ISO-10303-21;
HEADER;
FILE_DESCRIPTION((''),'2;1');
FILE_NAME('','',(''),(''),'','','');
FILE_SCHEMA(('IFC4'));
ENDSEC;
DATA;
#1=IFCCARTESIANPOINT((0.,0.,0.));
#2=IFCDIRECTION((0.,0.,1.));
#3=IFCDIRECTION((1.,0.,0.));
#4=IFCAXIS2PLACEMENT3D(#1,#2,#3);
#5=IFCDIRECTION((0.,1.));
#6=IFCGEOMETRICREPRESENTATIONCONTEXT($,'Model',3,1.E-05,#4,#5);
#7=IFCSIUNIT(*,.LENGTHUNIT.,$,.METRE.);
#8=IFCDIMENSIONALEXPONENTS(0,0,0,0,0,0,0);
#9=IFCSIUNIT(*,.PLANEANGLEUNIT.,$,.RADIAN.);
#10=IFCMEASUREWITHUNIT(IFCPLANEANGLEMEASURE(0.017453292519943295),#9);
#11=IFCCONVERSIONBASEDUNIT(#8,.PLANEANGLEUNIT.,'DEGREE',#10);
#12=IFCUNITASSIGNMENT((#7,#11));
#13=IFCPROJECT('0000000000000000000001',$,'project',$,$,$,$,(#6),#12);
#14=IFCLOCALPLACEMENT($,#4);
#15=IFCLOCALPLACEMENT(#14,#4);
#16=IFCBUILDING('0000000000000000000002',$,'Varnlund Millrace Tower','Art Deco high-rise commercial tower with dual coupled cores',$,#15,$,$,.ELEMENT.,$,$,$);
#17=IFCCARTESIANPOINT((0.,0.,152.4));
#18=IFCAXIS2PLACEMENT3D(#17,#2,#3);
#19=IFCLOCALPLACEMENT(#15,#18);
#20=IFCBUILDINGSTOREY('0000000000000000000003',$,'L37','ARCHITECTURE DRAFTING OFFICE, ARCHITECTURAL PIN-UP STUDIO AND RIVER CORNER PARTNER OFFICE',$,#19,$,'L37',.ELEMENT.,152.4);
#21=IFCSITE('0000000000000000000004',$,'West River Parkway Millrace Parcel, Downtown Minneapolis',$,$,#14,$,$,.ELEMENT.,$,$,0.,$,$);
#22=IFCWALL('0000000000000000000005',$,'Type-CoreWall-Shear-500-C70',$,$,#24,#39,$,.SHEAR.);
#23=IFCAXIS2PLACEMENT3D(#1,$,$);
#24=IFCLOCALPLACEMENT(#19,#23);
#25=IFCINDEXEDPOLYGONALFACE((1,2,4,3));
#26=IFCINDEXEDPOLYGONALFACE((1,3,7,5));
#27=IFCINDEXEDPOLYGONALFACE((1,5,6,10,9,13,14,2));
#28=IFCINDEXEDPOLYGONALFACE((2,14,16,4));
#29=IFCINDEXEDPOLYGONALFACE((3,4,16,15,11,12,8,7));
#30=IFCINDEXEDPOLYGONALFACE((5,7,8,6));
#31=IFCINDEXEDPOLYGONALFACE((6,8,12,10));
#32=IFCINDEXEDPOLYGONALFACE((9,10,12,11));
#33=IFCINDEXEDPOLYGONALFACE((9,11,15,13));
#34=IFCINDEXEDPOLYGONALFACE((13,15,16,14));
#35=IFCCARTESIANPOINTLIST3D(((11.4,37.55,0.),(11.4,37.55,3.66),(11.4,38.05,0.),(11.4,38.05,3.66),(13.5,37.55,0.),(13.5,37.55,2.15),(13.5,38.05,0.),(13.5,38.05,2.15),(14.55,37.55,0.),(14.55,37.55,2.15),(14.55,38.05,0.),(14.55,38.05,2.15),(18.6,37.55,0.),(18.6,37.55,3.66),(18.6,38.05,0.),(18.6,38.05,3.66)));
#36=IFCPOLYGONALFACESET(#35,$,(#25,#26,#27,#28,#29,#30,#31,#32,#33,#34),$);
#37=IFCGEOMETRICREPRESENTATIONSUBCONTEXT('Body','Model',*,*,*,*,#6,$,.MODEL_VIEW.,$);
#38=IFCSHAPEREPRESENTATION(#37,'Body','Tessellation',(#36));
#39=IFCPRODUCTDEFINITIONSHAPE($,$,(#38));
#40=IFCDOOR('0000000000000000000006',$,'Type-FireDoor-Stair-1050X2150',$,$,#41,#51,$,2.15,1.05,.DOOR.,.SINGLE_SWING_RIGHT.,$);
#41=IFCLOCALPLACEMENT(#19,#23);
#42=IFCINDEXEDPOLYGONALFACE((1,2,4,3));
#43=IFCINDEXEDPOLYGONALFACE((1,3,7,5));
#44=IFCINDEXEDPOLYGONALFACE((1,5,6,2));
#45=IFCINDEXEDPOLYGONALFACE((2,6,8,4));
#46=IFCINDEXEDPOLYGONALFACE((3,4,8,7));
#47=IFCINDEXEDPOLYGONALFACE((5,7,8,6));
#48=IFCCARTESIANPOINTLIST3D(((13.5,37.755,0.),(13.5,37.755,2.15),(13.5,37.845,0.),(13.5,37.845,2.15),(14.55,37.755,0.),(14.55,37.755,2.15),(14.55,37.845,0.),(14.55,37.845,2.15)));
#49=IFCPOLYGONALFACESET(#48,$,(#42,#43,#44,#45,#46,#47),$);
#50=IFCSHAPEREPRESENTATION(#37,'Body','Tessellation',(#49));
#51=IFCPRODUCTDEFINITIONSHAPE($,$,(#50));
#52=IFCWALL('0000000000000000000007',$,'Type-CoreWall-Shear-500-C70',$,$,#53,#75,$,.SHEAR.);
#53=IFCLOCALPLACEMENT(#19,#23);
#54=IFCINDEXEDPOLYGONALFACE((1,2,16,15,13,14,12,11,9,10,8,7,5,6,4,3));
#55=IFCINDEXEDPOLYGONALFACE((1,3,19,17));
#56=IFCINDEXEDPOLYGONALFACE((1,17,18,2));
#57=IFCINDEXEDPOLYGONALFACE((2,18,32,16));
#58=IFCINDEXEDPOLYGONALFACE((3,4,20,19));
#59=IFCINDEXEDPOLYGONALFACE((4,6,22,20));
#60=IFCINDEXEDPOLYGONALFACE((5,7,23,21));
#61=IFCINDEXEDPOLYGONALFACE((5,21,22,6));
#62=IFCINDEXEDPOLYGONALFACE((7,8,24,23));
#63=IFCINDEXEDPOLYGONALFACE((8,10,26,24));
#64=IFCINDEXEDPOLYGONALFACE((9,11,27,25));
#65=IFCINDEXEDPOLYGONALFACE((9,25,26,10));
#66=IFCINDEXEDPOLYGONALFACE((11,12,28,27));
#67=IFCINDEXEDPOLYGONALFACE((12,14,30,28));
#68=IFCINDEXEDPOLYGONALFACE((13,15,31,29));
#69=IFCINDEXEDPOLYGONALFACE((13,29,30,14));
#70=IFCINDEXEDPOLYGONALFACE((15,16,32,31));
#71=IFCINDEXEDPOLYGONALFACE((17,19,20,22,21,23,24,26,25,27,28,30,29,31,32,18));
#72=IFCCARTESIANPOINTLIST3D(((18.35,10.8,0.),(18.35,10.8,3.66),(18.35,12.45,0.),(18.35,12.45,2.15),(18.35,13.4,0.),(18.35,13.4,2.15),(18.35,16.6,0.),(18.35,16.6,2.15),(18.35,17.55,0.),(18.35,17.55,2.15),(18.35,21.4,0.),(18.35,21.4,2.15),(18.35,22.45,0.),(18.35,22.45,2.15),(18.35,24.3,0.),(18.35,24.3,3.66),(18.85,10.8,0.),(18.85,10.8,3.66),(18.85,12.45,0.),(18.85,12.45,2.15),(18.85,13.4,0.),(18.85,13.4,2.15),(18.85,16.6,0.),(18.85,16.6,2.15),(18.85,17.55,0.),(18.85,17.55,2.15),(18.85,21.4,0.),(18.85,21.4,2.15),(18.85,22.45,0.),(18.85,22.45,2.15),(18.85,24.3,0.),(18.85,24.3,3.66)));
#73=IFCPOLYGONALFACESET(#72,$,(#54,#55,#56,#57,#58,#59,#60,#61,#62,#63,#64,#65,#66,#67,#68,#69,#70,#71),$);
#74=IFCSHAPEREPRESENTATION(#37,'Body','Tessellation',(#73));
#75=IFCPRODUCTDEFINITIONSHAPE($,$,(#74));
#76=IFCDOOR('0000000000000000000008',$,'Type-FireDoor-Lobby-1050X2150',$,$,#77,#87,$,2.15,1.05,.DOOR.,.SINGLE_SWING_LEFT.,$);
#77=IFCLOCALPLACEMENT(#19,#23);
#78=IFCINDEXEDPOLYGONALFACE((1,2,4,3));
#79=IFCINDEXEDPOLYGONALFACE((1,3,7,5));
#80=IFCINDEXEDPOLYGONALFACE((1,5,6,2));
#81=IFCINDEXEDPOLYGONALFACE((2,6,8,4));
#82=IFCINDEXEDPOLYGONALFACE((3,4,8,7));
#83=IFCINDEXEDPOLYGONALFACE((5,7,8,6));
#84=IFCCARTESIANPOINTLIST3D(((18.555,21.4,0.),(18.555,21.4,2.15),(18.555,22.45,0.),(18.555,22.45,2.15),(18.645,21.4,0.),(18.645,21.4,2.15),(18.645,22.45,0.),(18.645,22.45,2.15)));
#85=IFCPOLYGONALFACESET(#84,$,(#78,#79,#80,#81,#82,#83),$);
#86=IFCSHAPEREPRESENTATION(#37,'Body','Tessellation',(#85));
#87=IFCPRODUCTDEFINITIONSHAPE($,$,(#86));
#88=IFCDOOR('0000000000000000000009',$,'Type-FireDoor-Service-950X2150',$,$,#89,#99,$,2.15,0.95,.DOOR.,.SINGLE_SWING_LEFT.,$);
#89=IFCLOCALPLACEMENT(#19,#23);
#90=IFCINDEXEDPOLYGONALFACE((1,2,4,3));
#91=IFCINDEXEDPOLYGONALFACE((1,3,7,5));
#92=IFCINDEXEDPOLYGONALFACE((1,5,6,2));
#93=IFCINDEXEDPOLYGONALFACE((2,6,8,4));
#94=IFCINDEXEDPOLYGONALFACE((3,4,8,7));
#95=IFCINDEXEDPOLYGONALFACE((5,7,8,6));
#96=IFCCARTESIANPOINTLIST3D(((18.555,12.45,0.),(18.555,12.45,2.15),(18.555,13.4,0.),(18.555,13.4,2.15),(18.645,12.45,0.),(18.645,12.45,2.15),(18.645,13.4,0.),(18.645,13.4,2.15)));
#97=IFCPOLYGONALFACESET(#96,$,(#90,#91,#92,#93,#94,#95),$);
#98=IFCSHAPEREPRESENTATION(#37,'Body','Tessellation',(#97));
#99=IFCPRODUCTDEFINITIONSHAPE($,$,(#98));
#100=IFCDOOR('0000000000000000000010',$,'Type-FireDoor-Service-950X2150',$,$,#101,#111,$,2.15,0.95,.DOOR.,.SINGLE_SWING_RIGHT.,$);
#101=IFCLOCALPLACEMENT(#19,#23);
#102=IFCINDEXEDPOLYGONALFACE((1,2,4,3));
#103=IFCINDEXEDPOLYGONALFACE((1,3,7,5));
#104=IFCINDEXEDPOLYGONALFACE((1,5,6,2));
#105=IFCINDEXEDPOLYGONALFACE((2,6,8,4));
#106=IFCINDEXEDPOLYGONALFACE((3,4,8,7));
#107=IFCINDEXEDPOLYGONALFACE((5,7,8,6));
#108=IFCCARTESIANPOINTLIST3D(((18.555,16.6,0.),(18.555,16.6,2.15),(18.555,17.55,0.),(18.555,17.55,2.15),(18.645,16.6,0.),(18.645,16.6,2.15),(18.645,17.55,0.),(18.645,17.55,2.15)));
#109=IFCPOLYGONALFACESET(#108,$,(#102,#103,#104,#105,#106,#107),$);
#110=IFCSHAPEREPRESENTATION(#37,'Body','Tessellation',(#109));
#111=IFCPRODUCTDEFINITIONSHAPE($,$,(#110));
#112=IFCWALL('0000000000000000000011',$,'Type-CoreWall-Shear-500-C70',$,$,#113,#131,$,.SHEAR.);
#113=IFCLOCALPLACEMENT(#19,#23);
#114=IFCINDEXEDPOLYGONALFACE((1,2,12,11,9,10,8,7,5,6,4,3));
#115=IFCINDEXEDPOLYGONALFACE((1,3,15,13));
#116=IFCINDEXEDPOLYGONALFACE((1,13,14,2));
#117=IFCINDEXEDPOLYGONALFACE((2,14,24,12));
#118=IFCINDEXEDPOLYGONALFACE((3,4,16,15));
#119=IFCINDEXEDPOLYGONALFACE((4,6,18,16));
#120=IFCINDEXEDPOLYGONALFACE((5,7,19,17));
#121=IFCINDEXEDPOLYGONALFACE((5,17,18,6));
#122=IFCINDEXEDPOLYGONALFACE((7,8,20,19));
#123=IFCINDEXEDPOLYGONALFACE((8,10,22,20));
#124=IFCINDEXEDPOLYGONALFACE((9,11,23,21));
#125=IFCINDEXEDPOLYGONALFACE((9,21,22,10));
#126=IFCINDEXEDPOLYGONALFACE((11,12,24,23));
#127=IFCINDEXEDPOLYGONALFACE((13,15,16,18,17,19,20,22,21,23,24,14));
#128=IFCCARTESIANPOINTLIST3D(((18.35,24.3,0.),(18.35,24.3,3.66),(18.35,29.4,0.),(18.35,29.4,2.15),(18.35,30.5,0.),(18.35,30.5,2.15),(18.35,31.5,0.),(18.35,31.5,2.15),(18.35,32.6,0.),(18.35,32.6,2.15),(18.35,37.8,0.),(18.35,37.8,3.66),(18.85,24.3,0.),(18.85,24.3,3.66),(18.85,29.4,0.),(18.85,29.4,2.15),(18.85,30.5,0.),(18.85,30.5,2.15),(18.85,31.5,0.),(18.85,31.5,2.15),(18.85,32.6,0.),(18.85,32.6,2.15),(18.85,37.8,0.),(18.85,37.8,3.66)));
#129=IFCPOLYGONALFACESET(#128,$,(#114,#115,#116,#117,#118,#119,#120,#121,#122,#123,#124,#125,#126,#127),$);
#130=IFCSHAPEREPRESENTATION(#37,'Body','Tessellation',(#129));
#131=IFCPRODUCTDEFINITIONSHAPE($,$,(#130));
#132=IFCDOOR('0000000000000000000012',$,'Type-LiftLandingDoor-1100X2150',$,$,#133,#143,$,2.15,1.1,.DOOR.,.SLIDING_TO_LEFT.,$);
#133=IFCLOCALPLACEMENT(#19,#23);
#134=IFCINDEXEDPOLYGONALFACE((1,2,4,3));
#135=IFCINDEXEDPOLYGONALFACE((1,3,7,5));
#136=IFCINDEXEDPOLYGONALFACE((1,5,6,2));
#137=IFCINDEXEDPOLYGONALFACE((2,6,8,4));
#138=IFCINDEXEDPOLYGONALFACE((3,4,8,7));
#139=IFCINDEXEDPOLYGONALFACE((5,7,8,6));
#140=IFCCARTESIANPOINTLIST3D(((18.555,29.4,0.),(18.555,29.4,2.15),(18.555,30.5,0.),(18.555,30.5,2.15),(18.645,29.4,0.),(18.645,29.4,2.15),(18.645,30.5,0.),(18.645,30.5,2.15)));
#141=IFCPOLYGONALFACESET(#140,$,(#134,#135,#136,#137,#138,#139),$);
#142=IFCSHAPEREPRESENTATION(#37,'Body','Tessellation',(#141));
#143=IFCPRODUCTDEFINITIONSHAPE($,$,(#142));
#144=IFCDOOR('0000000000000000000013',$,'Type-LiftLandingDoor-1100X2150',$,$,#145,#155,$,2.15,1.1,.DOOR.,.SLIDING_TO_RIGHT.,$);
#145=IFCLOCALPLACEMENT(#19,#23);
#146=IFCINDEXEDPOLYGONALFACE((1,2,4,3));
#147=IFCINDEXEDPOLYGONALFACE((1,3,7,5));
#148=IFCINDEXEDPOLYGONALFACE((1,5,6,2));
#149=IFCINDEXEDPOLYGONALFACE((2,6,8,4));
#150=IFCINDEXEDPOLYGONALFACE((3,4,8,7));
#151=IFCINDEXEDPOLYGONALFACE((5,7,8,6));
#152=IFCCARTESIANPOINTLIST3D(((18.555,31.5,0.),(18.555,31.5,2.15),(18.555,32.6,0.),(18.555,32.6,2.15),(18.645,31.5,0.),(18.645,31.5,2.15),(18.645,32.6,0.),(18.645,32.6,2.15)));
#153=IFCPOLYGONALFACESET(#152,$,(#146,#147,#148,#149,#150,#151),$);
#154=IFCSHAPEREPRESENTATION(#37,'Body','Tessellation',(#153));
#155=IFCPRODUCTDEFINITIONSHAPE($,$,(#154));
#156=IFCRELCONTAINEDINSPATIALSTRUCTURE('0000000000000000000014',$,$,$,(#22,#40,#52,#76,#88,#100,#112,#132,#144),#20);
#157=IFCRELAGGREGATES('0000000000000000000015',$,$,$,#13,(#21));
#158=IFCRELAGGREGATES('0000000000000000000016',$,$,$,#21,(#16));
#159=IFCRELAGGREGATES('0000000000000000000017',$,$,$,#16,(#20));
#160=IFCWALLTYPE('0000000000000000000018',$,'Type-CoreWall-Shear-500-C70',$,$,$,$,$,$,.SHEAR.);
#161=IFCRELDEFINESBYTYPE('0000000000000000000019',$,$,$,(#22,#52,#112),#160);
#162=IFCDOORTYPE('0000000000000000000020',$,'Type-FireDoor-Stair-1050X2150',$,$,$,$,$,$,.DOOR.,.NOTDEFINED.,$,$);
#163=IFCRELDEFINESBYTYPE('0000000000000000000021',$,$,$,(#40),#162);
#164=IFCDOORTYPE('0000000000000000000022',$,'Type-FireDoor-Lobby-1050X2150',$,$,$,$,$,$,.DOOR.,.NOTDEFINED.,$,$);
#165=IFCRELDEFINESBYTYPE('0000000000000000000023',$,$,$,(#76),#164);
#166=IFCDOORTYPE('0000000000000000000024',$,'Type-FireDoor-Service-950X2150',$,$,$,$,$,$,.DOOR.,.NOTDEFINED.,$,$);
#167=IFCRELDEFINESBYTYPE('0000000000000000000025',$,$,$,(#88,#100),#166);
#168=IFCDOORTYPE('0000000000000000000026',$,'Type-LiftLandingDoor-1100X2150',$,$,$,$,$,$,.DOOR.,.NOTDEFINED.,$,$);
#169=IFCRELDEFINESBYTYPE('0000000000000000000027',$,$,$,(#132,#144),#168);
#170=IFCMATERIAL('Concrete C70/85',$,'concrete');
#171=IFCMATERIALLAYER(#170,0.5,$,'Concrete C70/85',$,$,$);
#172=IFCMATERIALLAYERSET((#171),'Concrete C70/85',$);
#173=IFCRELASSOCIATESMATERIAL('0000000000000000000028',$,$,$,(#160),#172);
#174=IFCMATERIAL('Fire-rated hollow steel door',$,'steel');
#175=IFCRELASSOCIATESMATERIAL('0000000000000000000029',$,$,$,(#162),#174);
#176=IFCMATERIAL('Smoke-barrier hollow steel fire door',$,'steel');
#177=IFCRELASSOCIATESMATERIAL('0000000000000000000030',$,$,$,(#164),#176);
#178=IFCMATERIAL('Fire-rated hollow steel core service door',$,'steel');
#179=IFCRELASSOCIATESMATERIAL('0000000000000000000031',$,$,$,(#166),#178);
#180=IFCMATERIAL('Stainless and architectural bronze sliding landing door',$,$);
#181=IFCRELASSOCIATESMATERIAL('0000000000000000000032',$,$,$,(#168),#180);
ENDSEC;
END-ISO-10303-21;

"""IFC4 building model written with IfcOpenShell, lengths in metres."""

from ifc_helpers import new_model, entity, si_unit, converted_unit, direction, frame, origin_with_axes, origin_2d_with_axis, place, context, subcontext, project, spatial, polyline, rectangle, outline, extrude, material, layer, layer_set, type_object, element, fill, save


model = new_model("IFC4")

# Units and contexts
model_context = context("Model", 3, precision=1e-05, world=origin_with_axes(), true_north=direction((0.0, 1.0)))
body_context = subcontext(model_context, "Body", "Model", "MODEL_VIEW")
ifc_project = project(units=[si_unit("LENGTHUNIT", "METRE"), converted_unit("PLANEANGLEUNIT", "DEGREE", entity("IfcPlaneAngleMeasure", 0.017453292519943295), si_unit("PLANEANGLEUNIT", "RADIAN"), dimensions=[0, 0, 0, 0, 0, 0, 0])], contexts=[model_context])

# Site, building, storey
site_placement = place(None, origin_with_axes())
site = spatial("IfcSite", under=ifc_project, at=site_placement, Name="West River Parkway Millrace Parcel, Downtown Minneapolis", CompositionType="ELEMENT", RefElevation=0.0)
building_placement = place(site_placement, origin_with_axes())
building = spatial("IfcBuilding", under=site, at=building_placement, Name="Varnlund Millrace Tower", Description="Art Deco high-rise commercial tower with dual coupled cores", CompositionType="ELEMENT")
storey_placement = place(building_placement, frame((0.0, 0.0, 152.4), z_axis=(0.0, 0.0, 1.0), x_axis=(1.0, 0.0, 0.0)))
storey = spatial("IfcBuildingStorey", under=building, at=storey_placement, Name="L37", Description="ARCHITECTURE DRAFTING OFFICE, ARCHITECTURAL PIN-UP STUDIO AND RIVER CORNER PARTNER OFFICE", LongName="L37", CompositionType="ELEMENT", Elevation=152.4)

# Shared definitions
ifc_material_1 = material(Name="Concrete C70/85", Category="concrete")
ifc_layer_1 = layer(ifc_material_1, 0.5, Name="Concrete C70/85")
ifc_layer_set_1 = layer_set([ifc_layer_1], Name="Concrete C70/85")
wall_type_1 = type_object("IfcWallType", Name="Type-CoreWall-Shear-500-C70", PredefinedType="SHEAR", material=ifc_layer_set_1)

# Wall, opening, door
ifc_material_2 = material(Name="Fire-rated hollow steel door", Category="steel")
door_type_1 = type_object("IfcDoorType", Name="Type-FireDoor-Stair-1050X2150", OperationType="NOTDEFINED", PredefinedType="DOOR", material=ifc_material_2)
wall_1_placement = place(storey_placement, frame((11.4, 37.8, 0.0), z_axis=(0.0, 0.0, 1.0), x_axis=(1.0, 0.0, 0.0)))
wall_1 = element("IfcWall", 1, at=wall_1_placement, inside=storey, type_object=wall_type_1, Name="Type-CoreWall-Shear-500-C70", PredefinedType="SHEAR", context=body_context, shape_type="SweptSolid", body=[
    extrude(outline(polyline([(0.0, -0.25), (7.2, -0.25), (7.2, 0.25), (0.0, 0.25), (0.0, -0.25)])), origin_with_axes(), (0.0, 0.0, 1.0), 3.66),
])
opening_1_placement = place(wall_1_placement, frame((2.625, 0.0, 0.0), z_axis=(0.0, 0.0, 1.0), x_axis=(1.0, 0.0, 0.0)))
opening_1 = element("IfcOpeningElement", 2, at=opening_1_placement, cuts=wall_1, PredefinedType="OPENING", context=body_context, shape_type="SweptSolid", body=[
    extrude(rectangle(XDim=1.05, YDim=0.52, at=origin_2d_with_axis()), origin_with_axes(), (0.0, 0.0, 1.0), 2.15),
])
door_1_placement = place(wall_1_placement, frame((2.625, 0.0, 0.0), z_axis=(0.0, 0.0, 1.0), x_axis=(1.0, 0.0, 0.0)))
door_1 = element("IfcDoor", 3, at=door_1_placement, inside=storey, type_object=door_type_1, Name="Type-FireDoor-Stair-1050X2150", OperationType="SINGLE_SWING_RIGHT", OverallHeight=2.15, OverallWidth=1.05, PredefinedType="DOOR", context=body_context, shape_type="SweptSolid", body=[
    extrude(rectangle(XDim=1.05, YDim=0.09, at=origin_2d_with_axis()), origin_with_axes(), (0.0, 0.0, 1.0), 2.15),
])
fill(opening_1, door_1)

# Walls, openings, doors
wall_2_placement = place(storey_placement, frame((18.6, 10.8, 0.0), z_axis=(0.0, 0.0, 1.0), x_axis=(0.0, 1.0, 0.0)))
wall_2 = element("IfcWall", 4, at=wall_2_placement, inside=storey, type_object=wall_type_1, Name="Type-CoreWall-Shear-500-C70", PredefinedType="SHEAR", context=body_context, shape_type="SweptSolid", body=[
    extrude(outline(polyline([(0.0, -0.25), (13.5, -0.25), (13.5, 0.25), (0.0, 0.25), (0.0, -0.25)])), origin_with_axes(), (0.0, 0.0, 1.0), 3.66),
])
opening_2_placement = place(wall_2_placement, frame((11.125, 0.0, 0.0), z_axis=(0.0, 0.0, 1.0), x_axis=(1.0, 0.0, 0.0)))
opening_2 = element("IfcOpeningElement", 5, at=opening_2_placement, cuts=wall_2, PredefinedType="OPENING", context=body_context, shape_type="SweptSolid", body=[
    extrude(rectangle(XDim=1.05, YDim=0.52, at=origin_2d_with_axis()), origin_with_axes(), (0.0, 0.0, 1.0), 2.15),
])
opening_3_placement = place(wall_2_placement, frame((2.125, 0.0, 0.0), z_axis=(0.0, 0.0, 1.0), x_axis=(1.0, 0.0, 0.0)))
opening_3 = element("IfcOpeningElement", 6, at=opening_3_placement, cuts=wall_2, PredefinedType="OPENING", context=body_context, shape_type="SweptSolid", body=[
    extrude(rectangle(XDim=0.95, YDim=0.52, at=origin_2d_with_axis()), origin_with_axes(), (0.0, 0.0, 1.0), 2.15),
])
opening_4_placement = place(wall_2_placement, frame((6.275, 0.0, 0.0), z_axis=(0.0, 0.0, 1.0), x_axis=(1.0, 0.0, 0.0)))
opening_4 = element("IfcOpeningElement", 7, at=opening_4_placement, cuts=wall_2, PredefinedType="OPENING", context=body_context, shape_type="SweptSolid", body=[
    extrude(rectangle(XDim=0.95, YDim=0.52, at=origin_2d_with_axis()), origin_with_axes(), (0.0, 0.0, 1.0), 2.15),
])
ifc_material_3 = material(Name="Smoke-barrier hollow steel fire door", Category="steel")
door_type_2 = type_object("IfcDoorType", Name="Type-FireDoor-Lobby-1050X2150", OperationType="NOTDEFINED", PredefinedType="DOOR", material=ifc_material_3)
door_2_placement = place(wall_2_placement, frame((11.125, 0.0, 0.0), z_axis=(0.0, 0.0, 1.0), x_axis=(1.0, 0.0, 0.0)))
door_2 = element("IfcDoor", 8, at=door_2_placement, inside=storey, type_object=door_type_2, Name="Type-FireDoor-Lobby-1050X2150", OperationType="SINGLE_SWING_LEFT", OverallHeight=2.15, OverallWidth=1.05, PredefinedType="DOOR", context=body_context, shape_type="SweptSolid", body=[
    extrude(rectangle(XDim=1.05, YDim=0.09, at=origin_2d_with_axis()), origin_with_axes(), (0.0, 0.0, 1.0), 2.15),
])
fill(opening_2, door_2)
ifc_material_4 = material(Name="Fire-rated hollow steel core service door", Category="steel")
door_type_3 = type_object("IfcDoorType", Name="Type-FireDoor-Service-950X2150", OperationType="NOTDEFINED", PredefinedType="DOOR", material=ifc_material_4)
door_3_placement = place(wall_2_placement, frame((2.125, 0.0, 0.0), z_axis=(0.0, 0.0, 1.0), x_axis=(1.0, 0.0, 0.0)))
door_3 = element("IfcDoor", 9, at=door_3_placement, inside=storey, type_object=door_type_3, Name="Type-FireDoor-Service-950X2150", OperationType="SINGLE_SWING_LEFT", OverallHeight=2.15, OverallWidth=0.95, PredefinedType="DOOR", context=body_context, shape_type="SweptSolid", body=[
    extrude(rectangle(XDim=0.95, YDim=0.09, at=origin_2d_with_axis()), origin_with_axes(), (0.0, 0.0, 1.0), 2.15),
])
fill(opening_3, door_3)
door_4_placement = place(wall_2_placement, frame((6.275, 0.0, 0.0), z_axis=(0.0, 0.0, 1.0), x_axis=(1.0, 0.0, 0.0)))
door_4 = element("IfcDoor", 10, at=door_4_placement, inside=storey, type_object=door_type_3, Name="Type-FireDoor-Service-950X2150", OperationType="SINGLE_SWING_RIGHT", OverallHeight=2.15, OverallWidth=0.95, PredefinedType="DOOR", context=body_context, shape_type="SweptSolid", body=[
    extrude(rectangle(XDim=0.95, YDim=0.09, at=origin_2d_with_axis()), origin_with_axes(), (0.0, 0.0, 1.0), 2.15),
])
fill(opening_4, door_4)
wall_3_placement = place(storey_placement, frame((18.6, 24.3, 0.0), z_axis=(0.0, 0.0, 1.0), x_axis=(0.0, 1.0, 0.0)))
wall_3 = element("IfcWall", 11, at=wall_3_placement, inside=storey, type_object=wall_type_1, Name="Type-CoreWall-Shear-500-C70", PredefinedType="SHEAR", context=body_context, shape_type="SweptSolid", body=[
    extrude(outline(polyline([(0.0, -0.25), (13.5, -0.25), (13.5, 0.25), (0.0, 0.25), (0.0, -0.25)])), origin_with_axes(), (0.0, 0.0, 1.0), 3.66),
])
opening_5_placement = place(wall_3_placement, frame((5.65, 0.0, 0.0), z_axis=(0.0, 0.0, 1.0), x_axis=(1.0, 0.0, 0.0)))
opening_5 = element("IfcOpeningElement", 12, at=opening_5_placement, cuts=wall_3, PredefinedType="OPENING", context=body_context, shape_type="SweptSolid", body=[
    extrude(rectangle(XDim=1.1, YDim=0.52, at=origin_2d_with_axis()), origin_with_axes(), (0.0, 0.0, 1.0), 2.15),
])
opening_6_placement = place(wall_3_placement, frame((7.75, 0.0, 0.0), z_axis=(0.0, 0.0, 1.0), x_axis=(1.0, 0.0, 0.0)))
opening_6 = element("IfcOpeningElement", 13, at=opening_6_placement, cuts=wall_3, PredefinedType="OPENING", context=body_context, shape_type="SweptSolid", body=[
    extrude(rectangle(XDim=1.1, YDim=0.52, at=origin_2d_with_axis()), origin_with_axes(), (0.0, 0.0, 1.0), 2.15),
])
ifc_material_5 = material(Name="Stainless and architectural bronze sliding landing door")
door_type_4 = type_object("IfcDoorType", Name="Type-LiftLandingDoor-1100X2150", OperationType="NOTDEFINED", PredefinedType="DOOR", material=ifc_material_5)
door_5_placement = place(wall_3_placement, frame((5.65, 0.0, 0.0), z_axis=(0.0, 0.0, 1.0), x_axis=(1.0, 0.0, 0.0)))
door_5 = element("IfcDoor", 14, at=door_5_placement, inside=storey, type_object=door_type_4, Name="Type-LiftLandingDoor-1100X2150", OperationType="SLIDING_TO_LEFT", OverallHeight=2.15, OverallWidth=1.1, PredefinedType="DOOR", context=body_context, shape_type="SweptSolid", body=[
    extrude(rectangle(XDim=1.1, YDim=0.09, at=origin_2d_with_axis()), origin_with_axes(), (0.0, 0.0, 1.0), 2.15),
])
fill(opening_5, door_5)
door_6_placement = place(wall_3_placement, frame((7.75, 0.0, 0.0), z_axis=(0.0, 0.0, 1.0), x_axis=(1.0, 0.0, 0.0)))
door_6 = element("IfcDoor", 15, at=door_6_placement, inside=storey, type_object=door_type_4, Name="Type-LiftLandingDoor-1100X2150", OperationType="SLIDING_TO_RIGHT", OverallHeight=2.15, OverallWidth=1.1, PredefinedType="DOOR", context=body_context, shape_type="SweptSolid", body=[
    extrude(rectangle(XDim=1.1, YDim=0.09, at=origin_2d_with_axis()), origin_with_axes(), (0.0, 0.0, 1.0), 2.15),
])
fill(opening_6, door_6)

save(model, "model.ifc")
